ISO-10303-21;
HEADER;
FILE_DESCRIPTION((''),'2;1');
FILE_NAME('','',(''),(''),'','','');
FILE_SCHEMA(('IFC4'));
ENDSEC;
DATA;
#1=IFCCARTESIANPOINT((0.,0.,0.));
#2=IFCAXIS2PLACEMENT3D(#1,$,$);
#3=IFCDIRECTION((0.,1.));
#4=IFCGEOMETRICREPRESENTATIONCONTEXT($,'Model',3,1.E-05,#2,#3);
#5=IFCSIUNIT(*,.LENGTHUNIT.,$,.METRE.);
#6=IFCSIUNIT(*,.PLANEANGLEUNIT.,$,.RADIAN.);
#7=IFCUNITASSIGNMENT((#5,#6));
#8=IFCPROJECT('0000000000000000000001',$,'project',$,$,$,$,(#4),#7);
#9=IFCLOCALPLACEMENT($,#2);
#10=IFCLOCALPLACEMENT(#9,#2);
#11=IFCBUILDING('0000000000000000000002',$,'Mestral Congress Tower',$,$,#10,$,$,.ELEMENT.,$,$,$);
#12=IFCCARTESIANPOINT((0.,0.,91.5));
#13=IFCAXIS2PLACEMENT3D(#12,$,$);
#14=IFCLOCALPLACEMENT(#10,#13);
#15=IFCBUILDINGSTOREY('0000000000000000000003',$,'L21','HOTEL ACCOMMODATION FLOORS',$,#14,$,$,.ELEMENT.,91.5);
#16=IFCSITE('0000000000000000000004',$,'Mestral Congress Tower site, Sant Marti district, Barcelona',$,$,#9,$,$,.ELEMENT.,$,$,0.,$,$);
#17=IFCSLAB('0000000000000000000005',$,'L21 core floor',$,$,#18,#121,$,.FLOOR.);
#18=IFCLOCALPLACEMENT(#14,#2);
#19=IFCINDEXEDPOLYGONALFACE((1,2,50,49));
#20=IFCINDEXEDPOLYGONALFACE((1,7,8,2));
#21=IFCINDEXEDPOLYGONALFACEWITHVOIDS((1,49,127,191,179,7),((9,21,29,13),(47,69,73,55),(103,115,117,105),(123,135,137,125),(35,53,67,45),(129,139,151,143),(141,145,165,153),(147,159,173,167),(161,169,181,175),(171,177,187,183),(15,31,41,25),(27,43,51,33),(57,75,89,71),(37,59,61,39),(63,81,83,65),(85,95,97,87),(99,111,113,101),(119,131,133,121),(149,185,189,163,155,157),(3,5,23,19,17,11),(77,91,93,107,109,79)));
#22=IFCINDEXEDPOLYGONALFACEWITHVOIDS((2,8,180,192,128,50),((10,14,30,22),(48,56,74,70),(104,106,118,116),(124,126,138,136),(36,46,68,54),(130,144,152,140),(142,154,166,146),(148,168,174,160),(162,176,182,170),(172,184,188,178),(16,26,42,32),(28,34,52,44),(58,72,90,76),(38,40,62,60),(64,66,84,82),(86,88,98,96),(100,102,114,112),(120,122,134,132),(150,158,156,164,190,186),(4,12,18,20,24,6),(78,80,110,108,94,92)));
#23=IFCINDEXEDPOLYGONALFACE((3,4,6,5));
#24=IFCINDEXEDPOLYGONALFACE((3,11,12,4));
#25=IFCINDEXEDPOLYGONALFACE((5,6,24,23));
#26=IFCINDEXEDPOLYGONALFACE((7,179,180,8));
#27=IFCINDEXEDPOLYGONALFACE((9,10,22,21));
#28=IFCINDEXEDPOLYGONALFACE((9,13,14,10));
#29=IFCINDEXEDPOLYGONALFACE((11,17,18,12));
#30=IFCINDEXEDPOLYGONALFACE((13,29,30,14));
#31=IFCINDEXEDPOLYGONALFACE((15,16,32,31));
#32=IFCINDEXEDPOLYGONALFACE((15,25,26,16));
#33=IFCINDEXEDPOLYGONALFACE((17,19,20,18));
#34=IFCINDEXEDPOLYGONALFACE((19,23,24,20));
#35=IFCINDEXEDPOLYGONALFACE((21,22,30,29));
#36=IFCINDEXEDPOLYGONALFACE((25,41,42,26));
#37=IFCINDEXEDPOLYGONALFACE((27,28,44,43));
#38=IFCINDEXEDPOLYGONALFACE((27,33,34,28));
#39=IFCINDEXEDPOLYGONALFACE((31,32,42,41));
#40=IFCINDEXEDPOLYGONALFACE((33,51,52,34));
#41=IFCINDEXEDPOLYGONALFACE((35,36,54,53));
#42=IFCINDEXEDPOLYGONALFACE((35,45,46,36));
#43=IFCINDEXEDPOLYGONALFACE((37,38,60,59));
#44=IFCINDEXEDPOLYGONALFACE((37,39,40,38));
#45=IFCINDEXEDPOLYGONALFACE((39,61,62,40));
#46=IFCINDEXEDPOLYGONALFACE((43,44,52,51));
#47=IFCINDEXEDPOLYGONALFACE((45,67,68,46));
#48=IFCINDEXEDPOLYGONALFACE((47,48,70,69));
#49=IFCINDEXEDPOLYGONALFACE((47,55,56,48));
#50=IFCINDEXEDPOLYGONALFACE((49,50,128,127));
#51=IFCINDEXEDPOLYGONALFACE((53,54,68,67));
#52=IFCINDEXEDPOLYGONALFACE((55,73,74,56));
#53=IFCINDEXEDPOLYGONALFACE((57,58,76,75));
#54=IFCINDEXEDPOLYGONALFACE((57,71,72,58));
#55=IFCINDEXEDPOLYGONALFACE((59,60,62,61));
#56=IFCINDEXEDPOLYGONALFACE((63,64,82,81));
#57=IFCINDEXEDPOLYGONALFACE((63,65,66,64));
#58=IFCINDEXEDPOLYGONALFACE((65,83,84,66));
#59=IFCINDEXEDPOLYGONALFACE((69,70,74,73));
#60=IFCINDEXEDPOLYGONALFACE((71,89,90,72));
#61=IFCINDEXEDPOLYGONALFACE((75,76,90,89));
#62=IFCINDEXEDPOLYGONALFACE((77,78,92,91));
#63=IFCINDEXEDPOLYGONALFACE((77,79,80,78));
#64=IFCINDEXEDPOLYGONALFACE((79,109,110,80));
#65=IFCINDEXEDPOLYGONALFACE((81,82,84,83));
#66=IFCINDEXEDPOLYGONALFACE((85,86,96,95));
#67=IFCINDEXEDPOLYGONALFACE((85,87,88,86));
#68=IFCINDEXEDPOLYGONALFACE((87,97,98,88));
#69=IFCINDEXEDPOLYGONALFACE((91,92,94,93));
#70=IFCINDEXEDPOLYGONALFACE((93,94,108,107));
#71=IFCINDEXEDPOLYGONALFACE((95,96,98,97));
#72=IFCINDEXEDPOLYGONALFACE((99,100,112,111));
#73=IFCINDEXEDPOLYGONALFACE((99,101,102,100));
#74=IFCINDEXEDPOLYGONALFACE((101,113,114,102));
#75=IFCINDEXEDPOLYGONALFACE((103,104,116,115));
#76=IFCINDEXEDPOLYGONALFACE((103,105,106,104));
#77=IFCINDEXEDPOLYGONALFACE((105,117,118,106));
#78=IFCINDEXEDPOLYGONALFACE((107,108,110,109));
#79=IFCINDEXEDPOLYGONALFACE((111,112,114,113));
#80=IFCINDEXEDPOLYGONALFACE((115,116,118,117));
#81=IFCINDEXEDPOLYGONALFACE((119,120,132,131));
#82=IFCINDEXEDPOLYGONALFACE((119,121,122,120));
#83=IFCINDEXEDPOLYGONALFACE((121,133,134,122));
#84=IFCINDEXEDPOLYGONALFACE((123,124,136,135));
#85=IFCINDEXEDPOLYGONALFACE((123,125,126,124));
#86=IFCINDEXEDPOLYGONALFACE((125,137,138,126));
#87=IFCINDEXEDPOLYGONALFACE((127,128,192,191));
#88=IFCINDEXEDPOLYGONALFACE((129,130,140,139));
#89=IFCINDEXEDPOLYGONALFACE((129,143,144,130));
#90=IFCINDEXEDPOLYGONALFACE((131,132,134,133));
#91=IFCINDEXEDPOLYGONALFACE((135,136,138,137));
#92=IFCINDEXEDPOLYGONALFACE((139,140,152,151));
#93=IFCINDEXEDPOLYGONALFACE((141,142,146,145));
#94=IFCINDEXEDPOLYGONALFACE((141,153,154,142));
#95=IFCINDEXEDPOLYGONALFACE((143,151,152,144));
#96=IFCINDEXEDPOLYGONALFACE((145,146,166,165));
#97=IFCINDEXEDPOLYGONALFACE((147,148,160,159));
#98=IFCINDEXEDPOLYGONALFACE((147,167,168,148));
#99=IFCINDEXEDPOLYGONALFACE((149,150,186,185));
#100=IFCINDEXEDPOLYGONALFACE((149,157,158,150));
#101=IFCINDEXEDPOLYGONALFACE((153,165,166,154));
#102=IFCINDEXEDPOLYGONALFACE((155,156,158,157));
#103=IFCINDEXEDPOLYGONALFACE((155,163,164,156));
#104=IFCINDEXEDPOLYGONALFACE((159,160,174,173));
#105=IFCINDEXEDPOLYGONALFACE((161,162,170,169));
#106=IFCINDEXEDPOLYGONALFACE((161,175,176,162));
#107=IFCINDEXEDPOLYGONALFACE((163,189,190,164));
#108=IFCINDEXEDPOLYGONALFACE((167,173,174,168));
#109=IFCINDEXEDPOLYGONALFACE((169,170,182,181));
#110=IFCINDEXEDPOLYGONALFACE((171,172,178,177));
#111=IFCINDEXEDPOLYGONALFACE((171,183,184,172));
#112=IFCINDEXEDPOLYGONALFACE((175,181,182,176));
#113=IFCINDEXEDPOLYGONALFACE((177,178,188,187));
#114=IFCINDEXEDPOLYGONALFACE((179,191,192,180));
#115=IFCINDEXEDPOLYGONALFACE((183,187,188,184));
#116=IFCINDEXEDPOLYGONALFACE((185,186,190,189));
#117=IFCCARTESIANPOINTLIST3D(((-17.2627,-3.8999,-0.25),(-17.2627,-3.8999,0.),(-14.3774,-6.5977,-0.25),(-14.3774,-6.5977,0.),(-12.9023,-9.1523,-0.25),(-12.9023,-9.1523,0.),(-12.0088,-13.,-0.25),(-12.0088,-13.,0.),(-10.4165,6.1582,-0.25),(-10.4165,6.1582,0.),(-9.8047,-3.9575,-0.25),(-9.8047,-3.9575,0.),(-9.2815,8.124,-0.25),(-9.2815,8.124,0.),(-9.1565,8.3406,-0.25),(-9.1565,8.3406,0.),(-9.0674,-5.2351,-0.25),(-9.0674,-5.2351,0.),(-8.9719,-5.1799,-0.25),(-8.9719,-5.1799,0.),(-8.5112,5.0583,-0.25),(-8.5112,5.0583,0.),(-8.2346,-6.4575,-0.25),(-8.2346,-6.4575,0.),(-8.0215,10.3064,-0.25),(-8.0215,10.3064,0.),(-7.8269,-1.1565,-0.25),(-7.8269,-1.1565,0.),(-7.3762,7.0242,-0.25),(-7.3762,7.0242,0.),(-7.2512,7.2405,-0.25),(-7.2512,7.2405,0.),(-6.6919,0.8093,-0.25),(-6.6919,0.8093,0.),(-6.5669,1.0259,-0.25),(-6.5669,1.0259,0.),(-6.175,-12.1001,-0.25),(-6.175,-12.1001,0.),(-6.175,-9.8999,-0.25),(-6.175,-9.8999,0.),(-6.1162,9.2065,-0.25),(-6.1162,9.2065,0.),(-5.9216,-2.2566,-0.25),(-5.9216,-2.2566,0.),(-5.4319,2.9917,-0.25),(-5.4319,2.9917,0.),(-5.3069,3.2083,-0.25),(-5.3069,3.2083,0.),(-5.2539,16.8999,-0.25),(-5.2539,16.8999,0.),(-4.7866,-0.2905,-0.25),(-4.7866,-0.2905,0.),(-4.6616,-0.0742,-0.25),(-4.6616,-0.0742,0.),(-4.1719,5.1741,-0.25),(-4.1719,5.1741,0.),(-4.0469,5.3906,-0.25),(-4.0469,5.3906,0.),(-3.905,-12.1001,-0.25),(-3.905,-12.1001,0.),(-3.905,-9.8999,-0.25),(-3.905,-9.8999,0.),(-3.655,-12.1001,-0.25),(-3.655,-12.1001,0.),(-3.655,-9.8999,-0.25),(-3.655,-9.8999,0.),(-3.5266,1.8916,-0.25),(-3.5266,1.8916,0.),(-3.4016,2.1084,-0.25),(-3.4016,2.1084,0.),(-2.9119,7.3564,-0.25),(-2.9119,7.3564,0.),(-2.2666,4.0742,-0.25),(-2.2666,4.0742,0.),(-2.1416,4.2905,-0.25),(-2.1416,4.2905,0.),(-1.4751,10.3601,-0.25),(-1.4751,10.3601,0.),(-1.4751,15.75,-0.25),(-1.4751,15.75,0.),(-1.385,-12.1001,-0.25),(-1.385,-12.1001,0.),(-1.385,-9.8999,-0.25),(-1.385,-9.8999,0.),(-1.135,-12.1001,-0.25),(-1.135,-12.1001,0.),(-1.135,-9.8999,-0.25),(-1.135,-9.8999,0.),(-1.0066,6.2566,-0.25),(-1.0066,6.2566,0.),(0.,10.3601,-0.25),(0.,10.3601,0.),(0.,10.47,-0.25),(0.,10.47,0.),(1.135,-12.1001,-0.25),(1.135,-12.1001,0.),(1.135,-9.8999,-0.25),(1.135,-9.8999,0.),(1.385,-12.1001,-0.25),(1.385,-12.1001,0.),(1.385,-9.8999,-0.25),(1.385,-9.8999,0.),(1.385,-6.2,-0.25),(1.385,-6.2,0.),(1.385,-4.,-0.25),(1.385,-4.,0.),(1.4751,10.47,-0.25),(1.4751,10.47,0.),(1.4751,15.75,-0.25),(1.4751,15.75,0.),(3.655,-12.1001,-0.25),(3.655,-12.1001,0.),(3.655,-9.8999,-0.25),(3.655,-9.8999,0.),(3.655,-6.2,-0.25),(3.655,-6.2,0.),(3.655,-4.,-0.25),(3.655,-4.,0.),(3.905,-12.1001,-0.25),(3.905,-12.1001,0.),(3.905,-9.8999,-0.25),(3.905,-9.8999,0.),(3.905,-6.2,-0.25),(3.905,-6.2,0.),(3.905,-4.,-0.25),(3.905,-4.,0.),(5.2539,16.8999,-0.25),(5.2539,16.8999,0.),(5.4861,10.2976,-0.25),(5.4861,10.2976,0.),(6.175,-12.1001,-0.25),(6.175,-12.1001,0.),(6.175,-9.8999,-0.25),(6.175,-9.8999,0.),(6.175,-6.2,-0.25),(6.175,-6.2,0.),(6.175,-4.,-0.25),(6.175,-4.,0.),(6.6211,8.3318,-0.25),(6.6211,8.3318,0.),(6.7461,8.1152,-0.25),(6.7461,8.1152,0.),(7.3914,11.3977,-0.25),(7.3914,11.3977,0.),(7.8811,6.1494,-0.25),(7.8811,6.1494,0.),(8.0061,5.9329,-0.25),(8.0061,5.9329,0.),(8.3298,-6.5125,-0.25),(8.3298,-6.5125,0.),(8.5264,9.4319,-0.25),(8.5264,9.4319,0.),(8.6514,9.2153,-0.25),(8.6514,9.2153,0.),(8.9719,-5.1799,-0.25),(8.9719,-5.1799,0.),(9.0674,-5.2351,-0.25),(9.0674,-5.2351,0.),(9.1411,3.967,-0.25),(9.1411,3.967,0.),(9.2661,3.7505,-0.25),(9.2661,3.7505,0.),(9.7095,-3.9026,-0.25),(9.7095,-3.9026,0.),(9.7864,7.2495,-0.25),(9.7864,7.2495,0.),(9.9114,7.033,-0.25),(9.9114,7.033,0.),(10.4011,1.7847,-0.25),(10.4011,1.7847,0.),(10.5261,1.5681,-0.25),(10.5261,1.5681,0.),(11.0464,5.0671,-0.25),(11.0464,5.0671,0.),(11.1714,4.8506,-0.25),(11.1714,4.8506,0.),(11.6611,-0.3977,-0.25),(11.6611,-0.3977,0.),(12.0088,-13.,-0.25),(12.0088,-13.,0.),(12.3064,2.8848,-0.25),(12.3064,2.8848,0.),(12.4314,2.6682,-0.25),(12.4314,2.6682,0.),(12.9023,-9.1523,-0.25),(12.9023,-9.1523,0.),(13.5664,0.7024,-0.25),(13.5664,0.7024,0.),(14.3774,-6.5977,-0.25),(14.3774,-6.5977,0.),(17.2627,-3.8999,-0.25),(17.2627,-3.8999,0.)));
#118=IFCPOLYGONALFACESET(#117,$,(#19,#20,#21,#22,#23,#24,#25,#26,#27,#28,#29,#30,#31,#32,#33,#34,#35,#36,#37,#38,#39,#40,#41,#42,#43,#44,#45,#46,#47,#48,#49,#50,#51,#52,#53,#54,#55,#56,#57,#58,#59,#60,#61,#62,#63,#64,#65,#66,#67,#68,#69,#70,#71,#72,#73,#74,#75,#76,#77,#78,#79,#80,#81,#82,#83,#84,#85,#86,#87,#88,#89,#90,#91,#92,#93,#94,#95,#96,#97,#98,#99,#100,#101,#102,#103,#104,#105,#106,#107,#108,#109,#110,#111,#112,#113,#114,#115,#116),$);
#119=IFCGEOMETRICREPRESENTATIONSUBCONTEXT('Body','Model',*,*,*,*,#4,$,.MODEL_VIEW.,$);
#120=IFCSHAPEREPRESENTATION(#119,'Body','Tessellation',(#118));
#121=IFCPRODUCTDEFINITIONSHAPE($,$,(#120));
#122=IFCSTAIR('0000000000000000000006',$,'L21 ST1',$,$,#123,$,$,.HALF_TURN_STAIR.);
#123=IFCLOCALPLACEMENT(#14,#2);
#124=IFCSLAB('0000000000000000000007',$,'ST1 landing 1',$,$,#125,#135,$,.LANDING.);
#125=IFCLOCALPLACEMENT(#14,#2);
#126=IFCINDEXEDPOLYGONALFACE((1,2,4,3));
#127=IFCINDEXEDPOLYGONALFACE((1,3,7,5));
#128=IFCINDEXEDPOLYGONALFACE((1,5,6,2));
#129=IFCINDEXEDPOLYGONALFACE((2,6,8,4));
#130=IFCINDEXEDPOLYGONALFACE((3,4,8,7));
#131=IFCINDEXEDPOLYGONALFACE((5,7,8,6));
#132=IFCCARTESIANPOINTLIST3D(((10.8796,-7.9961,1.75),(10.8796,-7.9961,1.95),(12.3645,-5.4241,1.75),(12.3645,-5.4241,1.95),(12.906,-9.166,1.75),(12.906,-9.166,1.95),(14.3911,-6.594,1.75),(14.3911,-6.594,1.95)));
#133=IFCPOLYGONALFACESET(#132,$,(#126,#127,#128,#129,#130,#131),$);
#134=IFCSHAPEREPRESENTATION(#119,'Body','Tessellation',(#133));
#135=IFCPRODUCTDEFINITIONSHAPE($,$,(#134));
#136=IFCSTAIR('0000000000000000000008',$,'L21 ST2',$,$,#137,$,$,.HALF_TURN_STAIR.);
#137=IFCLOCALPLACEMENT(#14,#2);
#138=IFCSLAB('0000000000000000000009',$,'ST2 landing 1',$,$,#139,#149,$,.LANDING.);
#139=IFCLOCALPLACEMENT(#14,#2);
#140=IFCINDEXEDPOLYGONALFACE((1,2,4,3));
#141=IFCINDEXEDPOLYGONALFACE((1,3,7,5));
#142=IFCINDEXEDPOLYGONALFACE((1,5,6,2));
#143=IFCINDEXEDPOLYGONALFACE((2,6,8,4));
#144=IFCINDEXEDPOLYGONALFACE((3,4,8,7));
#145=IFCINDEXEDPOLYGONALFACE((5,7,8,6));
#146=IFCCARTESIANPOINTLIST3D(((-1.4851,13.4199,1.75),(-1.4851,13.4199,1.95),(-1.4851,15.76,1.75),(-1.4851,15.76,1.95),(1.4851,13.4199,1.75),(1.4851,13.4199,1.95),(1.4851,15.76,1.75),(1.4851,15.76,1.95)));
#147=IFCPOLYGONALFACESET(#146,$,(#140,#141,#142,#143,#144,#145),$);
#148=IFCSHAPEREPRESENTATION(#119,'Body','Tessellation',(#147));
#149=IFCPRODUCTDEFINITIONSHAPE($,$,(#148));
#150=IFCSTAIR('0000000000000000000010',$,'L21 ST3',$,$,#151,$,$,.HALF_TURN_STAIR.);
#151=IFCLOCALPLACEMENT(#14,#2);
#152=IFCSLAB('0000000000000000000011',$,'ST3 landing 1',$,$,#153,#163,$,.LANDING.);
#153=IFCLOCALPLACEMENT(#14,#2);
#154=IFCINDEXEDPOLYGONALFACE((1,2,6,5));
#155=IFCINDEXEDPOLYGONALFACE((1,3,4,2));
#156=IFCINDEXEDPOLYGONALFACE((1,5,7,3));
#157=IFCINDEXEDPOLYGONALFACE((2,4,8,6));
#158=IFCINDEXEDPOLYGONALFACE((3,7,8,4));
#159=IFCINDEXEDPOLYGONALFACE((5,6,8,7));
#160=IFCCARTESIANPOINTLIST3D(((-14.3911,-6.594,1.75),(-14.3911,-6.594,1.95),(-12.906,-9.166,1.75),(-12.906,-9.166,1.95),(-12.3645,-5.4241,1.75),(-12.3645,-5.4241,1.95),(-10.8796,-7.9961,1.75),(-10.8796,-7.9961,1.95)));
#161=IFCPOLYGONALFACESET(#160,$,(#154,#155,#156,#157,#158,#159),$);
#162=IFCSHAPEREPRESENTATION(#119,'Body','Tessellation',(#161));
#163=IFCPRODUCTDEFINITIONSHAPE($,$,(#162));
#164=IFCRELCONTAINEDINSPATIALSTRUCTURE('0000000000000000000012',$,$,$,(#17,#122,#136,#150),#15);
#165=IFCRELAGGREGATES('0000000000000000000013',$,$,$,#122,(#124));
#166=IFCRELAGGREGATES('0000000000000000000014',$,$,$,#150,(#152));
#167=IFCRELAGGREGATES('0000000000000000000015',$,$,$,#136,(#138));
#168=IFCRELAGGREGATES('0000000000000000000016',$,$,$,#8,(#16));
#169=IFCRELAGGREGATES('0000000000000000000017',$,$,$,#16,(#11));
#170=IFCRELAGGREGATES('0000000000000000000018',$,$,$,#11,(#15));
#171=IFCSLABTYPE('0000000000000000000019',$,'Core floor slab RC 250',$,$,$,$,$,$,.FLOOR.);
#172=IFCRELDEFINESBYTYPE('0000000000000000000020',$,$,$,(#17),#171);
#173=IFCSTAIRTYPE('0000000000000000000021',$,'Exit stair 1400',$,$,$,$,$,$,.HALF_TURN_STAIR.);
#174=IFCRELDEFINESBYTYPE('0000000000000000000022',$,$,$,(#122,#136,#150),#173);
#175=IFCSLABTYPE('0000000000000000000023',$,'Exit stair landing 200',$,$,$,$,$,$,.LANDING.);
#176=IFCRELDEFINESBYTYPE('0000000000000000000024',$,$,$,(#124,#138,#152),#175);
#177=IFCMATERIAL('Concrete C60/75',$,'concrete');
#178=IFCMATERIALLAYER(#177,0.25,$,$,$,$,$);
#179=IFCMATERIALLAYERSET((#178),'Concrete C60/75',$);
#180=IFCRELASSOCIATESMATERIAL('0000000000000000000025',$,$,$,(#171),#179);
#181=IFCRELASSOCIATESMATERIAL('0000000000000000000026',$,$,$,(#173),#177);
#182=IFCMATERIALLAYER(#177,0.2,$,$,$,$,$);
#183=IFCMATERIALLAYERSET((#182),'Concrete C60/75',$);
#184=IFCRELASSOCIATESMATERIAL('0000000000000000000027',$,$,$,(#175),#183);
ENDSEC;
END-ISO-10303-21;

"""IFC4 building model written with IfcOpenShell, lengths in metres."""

from ifc_helpers import new_model, si_unit, direction, frame, origin, place, context, subcontext, project, spatial, polyline, outline, extrude, material, layer, layer_set, type_object, element, aggregate, save


model = new_model("IFC4")

# Units and contexts
model_context = context("Model", 3, precision=1e-05, world=origin(), true_north=direction((0.0, 1.0)))
body_context = subcontext(model_context, "Body", "Model", "MODEL_VIEW")
ifc_project = project(units=[si_unit("LENGTHUNIT", "METRE"), si_unit("PLANEANGLEUNIT", "RADIAN")], contexts=[model_context])

# Site, building, storey
site_placement = place(None, origin())
site = spatial("IfcSite", under=ifc_project, at=site_placement, Name="Mestral Congress Tower site, Sant Marti district, Barcelona", CompositionType="ELEMENT", RefElevation=0.0)
building_placement = place(site_placement, origin())
building = spatial("IfcBuilding", under=site, at=building_placement, Name="Mestral Congress Tower", CompositionType="ELEMENT")
storey_placement = place(building_placement, frame((0.0, 0.0, 91.5)))
storey = spatial("IfcBuildingStorey", under=building, at=storey_placement, Name="L21", Description="HOTEL ACCOMMODATION FLOORS", CompositionType="ELEMENT", Elevation=91.5)

# Slab
ifc_material_1 = material(Name="Concrete C60/75", Category="concrete")
ifc_layer_1 = layer(ifc_material_1, 0.25)
ifc_layer_set_1 = layer_set([ifc_layer_1], Name="Concrete C60/75")
slab_type_1 = type_object("IfcSlabType", Name="Core floor slab RC 250", PredefinedType="FLOOR", material=ifc_layer_set_1)
slab_1_placement = place(storey_placement, frame((0.0, 0.0, -0.25)))
element("IfcSlab", 1, at=slab_1_placement, inside=storey, type_object=slab_type_1, Name="L21 core floor", PredefinedType="FLOOR", context=body_context, shape_type="SweptSolid", body=[
    extrude(outline(polyline([(12.0088, -13.0), (-12.0088, -13.0), (-17.2627, -3.8999), (-5.2539, 16.8999), (5.2539, 16.8999), (17.2627, -3.8999), (12.0088, -13.0)]), holes=[polyline([(-3.905, -9.8999), (-6.175, -9.8999), (-6.175, -12.1001), (-3.905, -12.1001), (-3.905, -9.8999)]), polyline([(-1.385, -9.8999), (-3.655, -9.8999), (-3.655, -12.1001), (-1.385, -12.1001), (-1.385, -9.8999)]), polyline([(1.135, -9.8999), (-1.135, -9.8999), (-1.135, -12.1001), (1.135, -12.1001), (1.135, -9.8999)]), polyline([(-9.0674, -5.2351), (-9.8047, -3.9575), (-14.3774, -6.5977), (-12.9023, -9.1523), (-8.2346, -6.4575), (-8.9719, -5.1799), (-9.0674, -5.2351)]), polyline([(-7.8269, -1.1565), (-5.9216, -2.2566), (-4.7866, -0.2905), (-6.6919, 0.8093), (-7.8269, -1.1565)]), polyline([(-4.6616, -0.0742), (-3.5266, 1.8916), (-5.4319, 2.9917), (-6.5669, 1.0259), (-4.6616, -0.0742)]), polyline([(-3.4016, 2.1084), (-2.2666, 4.0742), (-4.1719, 5.1741), (-5.3069, 3.2083), (-3.4016, 2.1084)]), polyline([(-2.1416, 4.2905), (-1.0066, 6.2566), (-2.9119, 7.3564), (-4.0469, 5.3906), (-2.1416, 4.2905)]), polyline([(-10.4165, 6.1582), (-8.5112, 5.0583), (-7.3762, 7.0242), (-9.2815, 8.124), (-10.4165, 6.1582)]), polyline([(-9.1565, 8.3406), (-7.2512, 7.2405), (-6.1162, 9.2065), (-8.0215, 10.3064), (-9.1565, 8.3406)]), polyline([(1.4751, 10.47), (1.4751, 15.75), (-1.4751, 15.75), (-1.4751, 10.3601), (0.0, 10.3601), (0.0, 10.47), (1.4751, 10.47)]), polyline([(3.655, -9.8999), (1.385, -9.8999), (1.385, -12.1001), (3.655, -12.1001), (3.655, -9.8999)]), polyline([(6.175, -9.8999), (3.905, -9.8999), (3.905, -12.1001), (6.175, -12.1001), (6.175, -9.8999)]), polyline([(9.0674, -5.2351), (8.3298, -6.5125), (12.9023, -9.1523), (14.3774, -6.5977), (9.7095, -3.9026), (8.9719, -5.1799), (9.0674, -5.2351)]), polyline([(3.655, -6.2), (3.655, -4.0), (1.385, -4.0), (1.385, -6.2), (3.655, -6.2)]), polyline([(6.175, -4.0), (3.905, -4.0), (3.905, -6.2), (6.175, -6.2), (6.175, -4.0)]), polyline([(12.4314, 2.6682), (10.5261, 1.5681), (11.6611, -0.3977), (13.5664, 0.7024), (12.4314, 2.6682)]), polyline([(11.1714, 4.8506), (9.2661, 3.7505), (10.4011, 1.7847), (12.3064, 2.8848), (11.1714, 4.8506)]), polyline([(8.0061, 5.9329), (9.1411, 3.967), (11.0464, 5.0671), (9.9114, 7.033), (8.0061, 5.9329)]), polyline([(8.6514, 9.2153), (6.7461, 8.1152), (7.8811, 6.1494), (9.7864, 7.2495), (8.6514, 9.2153)]), polyline([(7.3914, 11.3977), (5.4861, 10.2976), (6.6211, 8.3318), (8.5264, 9.4319), (7.3914, 11.3977)])]), origin(), (0.0, 0.0, 1.0), 0.25),
])

# Stairs, slabs
stair_type = type_object("IfcStairType", Name="Exit stair 1400", PredefinedType="HALF_TURN_STAIR", material=ifc_material_1)
placement_1 = place(storey_placement, origin())
stair_1 = element("IfcStair", 2, at=placement_1, inside=storey, type_object=stair_type, Name="L21 ST1", PredefinedType="HALF_TURN_STAIR")
ifc_layer_2 = layer(ifc_material_1, 0.2)
ifc_layer_set_2 = layer_set([ifc_layer_2], Name="Concrete C60/75")
slab_type_2 = type_object("IfcSlabType", Name="Exit stair landing 200", PredefinedType="LANDING", material=ifc_layer_set_2)
placement_2 = place(storey_placement, frame((0.0, 0.0, 1.75)))
slab_2 = element("IfcSlab", 3, at=placement_2, type_object=slab_type_2, Name="ST1 landing 1", PredefinedType="LANDING", context=body_context, shape_type="SweptSolid", body=[
    extrude(outline(polyline([(10.8796, -7.9961), (12.3645, -5.4241), (14.3911, -6.594), (12.906, -9.166), (10.8796, -7.9961)])), origin(), (0.0, 0.0, 1.0), 0.2),
])
aggregate(stair_1, [slab_2])
stair_2 = element("IfcStair", 4, at=placement_1, inside=storey, type_object=stair_type, Name="L21 ST2", PredefinedType="HALF_TURN_STAIR")
slab_3 = element("IfcSlab", 5, at=placement_2, type_object=slab_type_2, Name="ST2 landing 1", PredefinedType="LANDING", context=body_context, shape_type="SweptSolid", body=[
    extrude(outline(polyline([(1.4851, 13.4199), (-1.4851, 13.4199), (-1.4851, 15.76), (1.4851, 15.76), (1.4851, 13.4199)])), origin(), (0.0, 0.0, 1.0), 0.2),
])
stair_3 = element("IfcStair", 6, at=placement_1, inside=storey, type_object=stair_type, Name="L21 ST3", PredefinedType="HALF_TURN_STAIR")
slab_4 = element("IfcSlab", 7, at=placement_2, type_object=slab_type_2, Name="ST3 landing 1", PredefinedType="LANDING", context=body_context, shape_type="SweptSolid", body=[
    extrude(outline(polyline([(-12.3645, -5.4241), (-10.8796, -7.9961), (-12.906, -9.166), (-14.3911, -6.594), (-12.3645, -5.4241)])), origin(), (0.0, 0.0, 1.0), 0.2),
])
aggregate(stair_3, [slab_4])

aggregate(stair_2, [slab_3])

save(model, "model.ifc")
